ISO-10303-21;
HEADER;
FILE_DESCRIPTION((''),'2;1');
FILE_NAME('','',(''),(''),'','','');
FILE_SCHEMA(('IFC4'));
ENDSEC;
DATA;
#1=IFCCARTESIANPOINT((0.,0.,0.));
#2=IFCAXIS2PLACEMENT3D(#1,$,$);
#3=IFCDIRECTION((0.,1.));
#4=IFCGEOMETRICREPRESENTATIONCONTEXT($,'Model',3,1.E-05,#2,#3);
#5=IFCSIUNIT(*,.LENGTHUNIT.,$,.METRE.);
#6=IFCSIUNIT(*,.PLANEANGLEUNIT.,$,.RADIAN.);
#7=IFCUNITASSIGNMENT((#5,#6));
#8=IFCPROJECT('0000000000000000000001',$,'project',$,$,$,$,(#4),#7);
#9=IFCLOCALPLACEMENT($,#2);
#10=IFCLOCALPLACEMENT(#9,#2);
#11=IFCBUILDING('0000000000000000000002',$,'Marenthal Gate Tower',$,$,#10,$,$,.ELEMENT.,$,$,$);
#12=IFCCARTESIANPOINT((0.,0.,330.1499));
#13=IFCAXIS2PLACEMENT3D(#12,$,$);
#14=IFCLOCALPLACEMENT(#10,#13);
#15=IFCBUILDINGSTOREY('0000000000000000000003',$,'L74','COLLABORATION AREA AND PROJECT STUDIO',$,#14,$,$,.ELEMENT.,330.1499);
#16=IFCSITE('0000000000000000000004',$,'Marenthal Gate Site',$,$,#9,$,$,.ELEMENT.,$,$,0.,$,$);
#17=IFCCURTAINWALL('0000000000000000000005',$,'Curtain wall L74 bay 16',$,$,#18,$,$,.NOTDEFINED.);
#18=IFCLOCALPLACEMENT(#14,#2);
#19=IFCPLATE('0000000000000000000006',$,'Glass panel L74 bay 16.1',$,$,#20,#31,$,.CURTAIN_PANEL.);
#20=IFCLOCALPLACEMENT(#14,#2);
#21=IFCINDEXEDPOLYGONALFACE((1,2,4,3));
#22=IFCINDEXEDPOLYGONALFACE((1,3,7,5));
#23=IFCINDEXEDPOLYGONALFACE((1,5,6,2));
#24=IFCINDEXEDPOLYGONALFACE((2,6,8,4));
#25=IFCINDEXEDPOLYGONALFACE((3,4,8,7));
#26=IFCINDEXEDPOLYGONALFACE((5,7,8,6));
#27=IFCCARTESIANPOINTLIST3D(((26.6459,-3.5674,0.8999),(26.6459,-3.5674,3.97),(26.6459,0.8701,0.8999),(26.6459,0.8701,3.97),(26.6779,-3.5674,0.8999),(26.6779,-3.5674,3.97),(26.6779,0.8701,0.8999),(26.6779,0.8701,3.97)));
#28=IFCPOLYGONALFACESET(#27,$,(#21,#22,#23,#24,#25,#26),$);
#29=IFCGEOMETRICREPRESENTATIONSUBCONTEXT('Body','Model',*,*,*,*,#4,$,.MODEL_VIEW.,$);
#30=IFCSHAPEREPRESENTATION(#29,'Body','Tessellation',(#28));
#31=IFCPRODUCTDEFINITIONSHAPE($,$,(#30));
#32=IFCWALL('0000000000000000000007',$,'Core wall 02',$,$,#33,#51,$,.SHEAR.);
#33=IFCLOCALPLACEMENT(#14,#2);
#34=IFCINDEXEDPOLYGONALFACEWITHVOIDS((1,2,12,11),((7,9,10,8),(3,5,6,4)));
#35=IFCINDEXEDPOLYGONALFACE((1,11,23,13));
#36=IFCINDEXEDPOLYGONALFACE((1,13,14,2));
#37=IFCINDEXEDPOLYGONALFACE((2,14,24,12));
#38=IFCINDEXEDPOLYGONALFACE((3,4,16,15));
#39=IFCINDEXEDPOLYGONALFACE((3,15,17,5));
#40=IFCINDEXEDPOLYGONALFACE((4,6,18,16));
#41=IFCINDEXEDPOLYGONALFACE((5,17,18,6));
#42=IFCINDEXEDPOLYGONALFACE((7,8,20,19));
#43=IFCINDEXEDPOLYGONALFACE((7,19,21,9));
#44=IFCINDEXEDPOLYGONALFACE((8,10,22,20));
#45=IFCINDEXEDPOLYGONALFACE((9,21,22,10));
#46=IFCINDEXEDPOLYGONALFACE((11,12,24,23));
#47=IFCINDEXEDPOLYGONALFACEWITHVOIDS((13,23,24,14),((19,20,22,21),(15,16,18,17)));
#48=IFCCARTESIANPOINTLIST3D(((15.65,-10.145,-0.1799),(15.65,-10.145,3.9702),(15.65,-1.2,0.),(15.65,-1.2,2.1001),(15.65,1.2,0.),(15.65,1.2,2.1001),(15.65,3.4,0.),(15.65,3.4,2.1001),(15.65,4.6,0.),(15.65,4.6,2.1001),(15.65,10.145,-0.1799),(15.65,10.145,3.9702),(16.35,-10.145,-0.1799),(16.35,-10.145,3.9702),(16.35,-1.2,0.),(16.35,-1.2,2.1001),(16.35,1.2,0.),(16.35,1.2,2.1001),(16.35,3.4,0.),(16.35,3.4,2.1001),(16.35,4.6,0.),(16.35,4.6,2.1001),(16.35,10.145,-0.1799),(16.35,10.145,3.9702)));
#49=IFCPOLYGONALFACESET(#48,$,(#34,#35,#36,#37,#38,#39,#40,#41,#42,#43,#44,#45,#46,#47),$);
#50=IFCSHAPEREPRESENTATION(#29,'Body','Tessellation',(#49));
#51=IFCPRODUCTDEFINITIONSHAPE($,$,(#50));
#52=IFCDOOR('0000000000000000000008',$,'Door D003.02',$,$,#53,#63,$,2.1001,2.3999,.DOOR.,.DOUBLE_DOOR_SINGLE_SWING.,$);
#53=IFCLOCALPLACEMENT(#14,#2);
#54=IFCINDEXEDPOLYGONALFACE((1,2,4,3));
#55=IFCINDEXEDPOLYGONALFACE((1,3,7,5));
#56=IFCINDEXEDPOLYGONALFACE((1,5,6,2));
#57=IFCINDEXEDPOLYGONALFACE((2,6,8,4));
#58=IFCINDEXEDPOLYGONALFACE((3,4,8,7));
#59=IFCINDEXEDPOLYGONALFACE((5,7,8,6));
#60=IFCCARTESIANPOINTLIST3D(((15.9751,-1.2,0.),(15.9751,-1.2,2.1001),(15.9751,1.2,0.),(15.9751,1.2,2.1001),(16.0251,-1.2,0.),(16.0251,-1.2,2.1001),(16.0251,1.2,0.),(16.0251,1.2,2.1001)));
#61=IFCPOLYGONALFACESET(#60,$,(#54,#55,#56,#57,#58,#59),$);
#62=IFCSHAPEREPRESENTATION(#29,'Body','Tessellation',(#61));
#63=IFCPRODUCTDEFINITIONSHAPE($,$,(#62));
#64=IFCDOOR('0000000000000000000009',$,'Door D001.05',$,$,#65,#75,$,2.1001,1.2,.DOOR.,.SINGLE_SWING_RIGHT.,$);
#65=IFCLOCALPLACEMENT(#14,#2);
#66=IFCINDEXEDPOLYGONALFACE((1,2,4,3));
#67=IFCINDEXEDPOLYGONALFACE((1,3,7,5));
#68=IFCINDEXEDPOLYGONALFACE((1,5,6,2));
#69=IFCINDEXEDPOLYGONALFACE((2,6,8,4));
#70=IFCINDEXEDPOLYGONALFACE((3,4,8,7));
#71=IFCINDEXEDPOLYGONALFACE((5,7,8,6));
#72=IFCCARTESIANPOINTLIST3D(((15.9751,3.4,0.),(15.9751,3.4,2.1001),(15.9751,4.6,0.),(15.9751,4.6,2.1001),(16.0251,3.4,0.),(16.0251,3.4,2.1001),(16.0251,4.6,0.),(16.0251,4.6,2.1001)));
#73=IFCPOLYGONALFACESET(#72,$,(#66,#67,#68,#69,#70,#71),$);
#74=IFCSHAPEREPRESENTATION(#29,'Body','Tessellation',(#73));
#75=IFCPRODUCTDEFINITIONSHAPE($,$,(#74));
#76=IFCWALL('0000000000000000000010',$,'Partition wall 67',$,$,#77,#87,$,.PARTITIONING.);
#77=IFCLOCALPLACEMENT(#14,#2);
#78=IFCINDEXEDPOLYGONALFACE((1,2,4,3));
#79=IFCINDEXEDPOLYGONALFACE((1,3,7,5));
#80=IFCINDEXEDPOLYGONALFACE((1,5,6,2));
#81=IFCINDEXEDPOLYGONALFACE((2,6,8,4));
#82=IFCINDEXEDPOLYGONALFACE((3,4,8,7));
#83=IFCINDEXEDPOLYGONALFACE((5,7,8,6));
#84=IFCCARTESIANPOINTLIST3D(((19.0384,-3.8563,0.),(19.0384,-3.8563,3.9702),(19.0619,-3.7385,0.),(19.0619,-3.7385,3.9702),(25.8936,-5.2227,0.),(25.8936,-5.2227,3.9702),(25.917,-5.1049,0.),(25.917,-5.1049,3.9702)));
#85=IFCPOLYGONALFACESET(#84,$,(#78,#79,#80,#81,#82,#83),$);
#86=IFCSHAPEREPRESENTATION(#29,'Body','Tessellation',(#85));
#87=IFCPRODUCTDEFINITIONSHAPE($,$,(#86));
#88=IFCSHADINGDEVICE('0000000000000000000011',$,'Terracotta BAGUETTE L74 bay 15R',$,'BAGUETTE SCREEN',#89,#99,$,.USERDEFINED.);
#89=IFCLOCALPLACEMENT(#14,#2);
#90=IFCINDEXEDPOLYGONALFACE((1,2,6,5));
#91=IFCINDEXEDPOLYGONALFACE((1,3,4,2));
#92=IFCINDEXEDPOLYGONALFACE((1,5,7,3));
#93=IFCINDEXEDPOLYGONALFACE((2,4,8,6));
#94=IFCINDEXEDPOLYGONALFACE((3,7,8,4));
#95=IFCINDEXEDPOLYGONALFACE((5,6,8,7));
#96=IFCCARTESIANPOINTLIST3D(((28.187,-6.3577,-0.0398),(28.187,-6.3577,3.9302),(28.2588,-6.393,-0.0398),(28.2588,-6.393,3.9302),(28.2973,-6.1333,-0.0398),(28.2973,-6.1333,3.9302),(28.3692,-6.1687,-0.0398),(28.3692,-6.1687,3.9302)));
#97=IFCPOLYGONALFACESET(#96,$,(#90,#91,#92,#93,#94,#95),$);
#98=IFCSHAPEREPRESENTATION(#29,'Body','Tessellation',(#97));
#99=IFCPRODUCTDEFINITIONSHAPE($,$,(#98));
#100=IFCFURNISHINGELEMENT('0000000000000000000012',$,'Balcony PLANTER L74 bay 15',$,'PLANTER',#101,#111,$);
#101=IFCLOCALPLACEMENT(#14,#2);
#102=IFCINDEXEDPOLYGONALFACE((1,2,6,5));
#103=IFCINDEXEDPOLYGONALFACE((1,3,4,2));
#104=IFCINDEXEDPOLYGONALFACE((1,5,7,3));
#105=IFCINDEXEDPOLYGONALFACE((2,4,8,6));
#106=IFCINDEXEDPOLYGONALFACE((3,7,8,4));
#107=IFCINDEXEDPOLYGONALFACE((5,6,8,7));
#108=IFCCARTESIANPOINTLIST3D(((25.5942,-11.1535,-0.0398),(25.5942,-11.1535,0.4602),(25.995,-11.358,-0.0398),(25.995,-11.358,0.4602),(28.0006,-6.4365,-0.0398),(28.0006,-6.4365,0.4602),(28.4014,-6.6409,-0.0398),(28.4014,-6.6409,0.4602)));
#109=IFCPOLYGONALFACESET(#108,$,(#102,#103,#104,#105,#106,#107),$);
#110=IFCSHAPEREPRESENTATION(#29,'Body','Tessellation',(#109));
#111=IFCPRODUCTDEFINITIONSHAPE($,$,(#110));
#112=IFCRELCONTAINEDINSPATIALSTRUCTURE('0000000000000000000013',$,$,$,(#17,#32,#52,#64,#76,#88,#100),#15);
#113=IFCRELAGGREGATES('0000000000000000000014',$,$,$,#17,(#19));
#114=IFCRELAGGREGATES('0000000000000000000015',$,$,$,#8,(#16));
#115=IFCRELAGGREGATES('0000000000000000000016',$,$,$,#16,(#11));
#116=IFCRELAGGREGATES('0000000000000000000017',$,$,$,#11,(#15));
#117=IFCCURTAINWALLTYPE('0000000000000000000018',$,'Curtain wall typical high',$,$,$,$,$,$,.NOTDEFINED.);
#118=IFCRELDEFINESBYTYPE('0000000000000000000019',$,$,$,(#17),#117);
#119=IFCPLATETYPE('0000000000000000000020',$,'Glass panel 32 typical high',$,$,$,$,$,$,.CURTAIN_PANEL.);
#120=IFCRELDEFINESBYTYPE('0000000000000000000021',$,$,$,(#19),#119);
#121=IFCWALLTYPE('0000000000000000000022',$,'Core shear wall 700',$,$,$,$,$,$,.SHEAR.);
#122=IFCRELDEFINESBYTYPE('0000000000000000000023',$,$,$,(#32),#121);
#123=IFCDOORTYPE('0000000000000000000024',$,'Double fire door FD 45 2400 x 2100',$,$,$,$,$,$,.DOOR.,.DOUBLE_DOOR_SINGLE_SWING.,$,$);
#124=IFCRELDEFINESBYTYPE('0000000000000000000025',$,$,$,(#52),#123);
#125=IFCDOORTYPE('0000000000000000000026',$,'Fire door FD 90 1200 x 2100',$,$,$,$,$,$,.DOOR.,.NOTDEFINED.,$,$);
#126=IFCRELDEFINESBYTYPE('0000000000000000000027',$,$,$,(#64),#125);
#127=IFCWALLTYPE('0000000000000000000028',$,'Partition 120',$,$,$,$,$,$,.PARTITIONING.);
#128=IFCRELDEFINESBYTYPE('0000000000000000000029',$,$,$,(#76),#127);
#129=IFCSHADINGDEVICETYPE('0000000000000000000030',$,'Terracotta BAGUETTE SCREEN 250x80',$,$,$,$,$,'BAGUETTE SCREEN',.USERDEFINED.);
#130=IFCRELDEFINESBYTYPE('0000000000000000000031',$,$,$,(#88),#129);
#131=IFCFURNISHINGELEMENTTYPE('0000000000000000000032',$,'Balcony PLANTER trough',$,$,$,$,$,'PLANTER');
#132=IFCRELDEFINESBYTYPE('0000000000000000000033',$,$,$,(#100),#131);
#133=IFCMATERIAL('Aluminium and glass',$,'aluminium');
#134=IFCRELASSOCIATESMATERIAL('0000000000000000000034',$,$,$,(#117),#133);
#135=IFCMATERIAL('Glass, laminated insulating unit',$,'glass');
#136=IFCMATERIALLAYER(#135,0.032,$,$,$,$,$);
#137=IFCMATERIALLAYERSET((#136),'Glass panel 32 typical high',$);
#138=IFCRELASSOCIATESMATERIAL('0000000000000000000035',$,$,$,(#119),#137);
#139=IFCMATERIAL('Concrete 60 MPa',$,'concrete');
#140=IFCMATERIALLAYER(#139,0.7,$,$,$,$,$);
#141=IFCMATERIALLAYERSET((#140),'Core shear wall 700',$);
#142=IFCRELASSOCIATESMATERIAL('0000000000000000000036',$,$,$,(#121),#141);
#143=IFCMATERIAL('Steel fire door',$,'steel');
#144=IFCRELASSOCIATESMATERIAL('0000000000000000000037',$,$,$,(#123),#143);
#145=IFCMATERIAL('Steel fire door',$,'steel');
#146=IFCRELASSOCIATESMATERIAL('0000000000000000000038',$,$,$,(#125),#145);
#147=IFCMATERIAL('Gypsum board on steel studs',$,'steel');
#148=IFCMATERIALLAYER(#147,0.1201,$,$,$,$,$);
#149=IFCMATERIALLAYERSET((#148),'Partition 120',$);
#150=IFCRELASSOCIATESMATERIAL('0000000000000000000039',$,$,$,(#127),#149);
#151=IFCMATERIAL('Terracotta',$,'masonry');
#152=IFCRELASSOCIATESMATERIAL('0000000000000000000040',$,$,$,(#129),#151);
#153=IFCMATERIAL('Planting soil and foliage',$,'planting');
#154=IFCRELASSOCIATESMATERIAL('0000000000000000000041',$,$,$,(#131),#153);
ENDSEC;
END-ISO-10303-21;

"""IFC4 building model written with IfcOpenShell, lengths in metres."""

from ifc_helpers import new_model, si_unit, direction, frame, frame_2d, origin, origin_2d, place, context, subcontext, project, spatial, rectangle, extrude, material, layer, layer_set, material_profile, profile_set, type_object, element, fill, aggregate, save


model = new_model("IFC4")

# Units and contexts
model_context = context("Model", 3, precision=1e-05, world=origin(), true_north=direction((0.0, 1.0)))
body_context = subcontext(model_context, "Body", "Model", "MODEL_VIEW")
ifc_project = project(units=[si_unit("LENGTHUNIT", "METRE"), si_unit("PLANEANGLEUNIT", "RADIAN")], contexts=[model_context])

# Site, building, storey
site_placement = place(None, origin())
site = spatial("IfcSite", under=ifc_project, at=site_placement, Name="Marenthal Gate Site", CompositionType="ELEMENT", RefElevation=0.0)
building_placement = place(site_placement, origin())
building = spatial("IfcBuilding", under=site, at=building_placement, Name="Marenthal Gate Tower", CompositionType="ELEMENT")
storey_placement = place(building_placement, frame((0.0, 0.0, 330.1499)))
storey = spatial("IfcBuildingStorey", under=building, at=storey_placement, Name="L74", Description="COLLABORATION AREA AND PROJECT STUDIO", CompositionType="ELEMENT", Elevation=330.1499)

# Curtain wall
ifc_material_1 = material(Name="Aluminium and glass", Category="aluminium")
curtain_wall_type = type_object("IfcCurtainWallType", Name="Curtain wall typical high", PredefinedType="NOTDEFINED", material=ifc_material_1)
curtain_wall_placement = place(storey_placement, origin())
curtain_wall = element("IfcCurtainWall", 1, at=curtain_wall_placement, inside=storey, type_object=curtain_wall_type, Name="Curtain wall L74 bay 16", PredefinedType="NOTDEFINED")

# Plate
ifc_material_2 = material(Name="Glass, laminated insulating unit", Category="glass")
ifc_layer_1 = layer(ifc_material_2, 0.032)
ifc_layer_set_1 = layer_set([ifc_layer_1], Name="Glass panel 32 typical high")
plate_type = type_object("IfcPlateType", Name="Glass panel 32 typical high", PredefinedType="CURTAIN_PANEL", material=ifc_layer_set_1)
plate_placement = place(storey_placement, frame((26.6619, -1.3486, 0.8999), z_axis=(0.0, 0.0, 1.0), x_axis=(0.0, 1.0, 0.0)))
plate = element("IfcPlate", 2, at=plate_placement, type_object=plate_type, Name="Glass panel L74 bay 16.1", PredefinedType="CURTAIN_PANEL", context=body_context, shape_type="SweptSolid", body=[
    extrude(rectangle(XDim=4.4375, YDim=0.032, at=origin_2d()), origin(), (0.0, 0.0, 1.0), 3.0701),
])
aggregate(curtain_wall, [plate])

# Wall, openings, doors
ifc_material_3 = material(Name="Concrete 60 MPa", Category="concrete")
ifc_layer_2 = layer(ifc_material_3, 0.7)
ifc_layer_set_2 = layer_set([ifc_layer_2], Name="Core shear wall 700")
wall_type_1 = type_object("IfcWallType", Name="Core shear wall 700", PredefinedType="SHEAR", material=ifc_layer_set_2)
wall_1_placement = place(storey_placement, frame((16.0, -10.145, -0.1799), z_axis=(0.0, 0.0, 1.0), x_axis=(0.0, 1.0, 0.0)))
wall_1 = element("IfcWall", 3, at=wall_1_placement, inside=storey, type_object=wall_type_1, Name="Core wall 02", PredefinedType="SHEAR", context=body_context, shape_type="SweptSolid", body=[
    extrude(rectangle(XDim=20.29, YDim=0.7, at=frame_2d((10.145, 0.0))), origin(), (0.0, 0.0, 1.0), 4.1501),
])
opening_1_placement = place(wall_1_placement, frame((8.9451, 0.0, 0.1799)))
opening_1 = element("IfcOpeningElement", 4, at=opening_1_placement, cuts=wall_1, PredefinedType="OPENING", context=body_context, shape_type="SweptSolid", body=[
    extrude(rectangle(XDim=2.3999, YDim=2.1001, at=frame_2d((1.2, 1.05))), frame((0.0, 0.3599, 0.0), z_axis=(0.0, -1.0, 0.0), x_axis=(1.0, 0.0, 0.0)), (0.0, 0.0, 1.0), 0.72),
])
opening_2_placement = place(wall_1_placement, frame((13.5449, 0.0, 0.1799)))
opening_2 = element("IfcOpeningElement", 5, at=opening_2_placement, cuts=wall_1, PredefinedType="OPENING", context=body_context, shape_type="SweptSolid", body=[
    extrude(rectangle(XDim=1.2, YDim=2.1001, at=frame_2d((0.6001, 1.05))), frame((0.0, 0.3599, 0.0), z_axis=(0.0, -1.0, 0.0), x_axis=(1.0, 0.0, 0.0)), (0.0, 0.0, 1.0), 0.72),
])
ifc_material_4 = material(Name="Steel fire door", Category="steel")
door_type_1 = type_object("IfcDoorType", Name="Double fire door FD 45 2400 x 2100", OperationType="DOUBLE_DOOR_SINGLE_SWING", PredefinedType="DOOR", material=ifc_material_4)
door_1_placement = place(opening_1_placement, origin())
door_1 = element("IfcDoor", 6, at=door_1_placement, inside=storey, type_object=door_type_1, Name="Door D003.02", OperationType="DOUBLE_DOOR_SINGLE_SWING", OverallHeight=2.1001, OverallWidth=2.3999, PredefinedType="DOOR", context=body_context, shape_type="SweptSolid", body=[
    extrude(rectangle(XDim=2.3999, YDim=2.1001, at=frame_2d((1.2, 1.05))), frame((0.0, 0.0249, 0.0), z_axis=(0.0, -1.0, 0.0), x_axis=(1.0, 0.0, 0.0)), (0.0, 0.0, 1.0), 0.05),
])
fill(opening_1, door_1)
ifc_material_5 = material(Name="Steel fire door", Category="steel")
door_type_2 = type_object("IfcDoorType", Name="Fire door FD 90 1200 x 2100", OperationType="NOTDEFINED", PredefinedType="DOOR", material=ifc_material_5)
door_2_placement = place(opening_2_placement, origin())
door_2 = element("IfcDoor", 7, at=door_2_placement, inside=storey, type_object=door_type_2, Name="Door D001.05", OperationType="SINGLE_SWING_RIGHT", OverallHeight=2.1001, OverallWidth=1.2, PredefinedType="DOOR", context=body_context, shape_type="SweptSolid", body=[
    extrude(rectangle(XDim=1.2, YDim=2.1001, at=frame_2d((0.6001, 1.05))), frame((0.0, 0.0249, 0.0), z_axis=(0.0, -1.0, 0.0), x_axis=(1.0, 0.0, 0.0)), (0.0, 0.0, 1.0), 0.05),
])
fill(opening_2, door_2)

# Wall
ifc_material_6 = material(Name="Gypsum board on steel studs", Category="steel")
ifc_layer_3 = layer(ifc_material_6, 0.1201)
ifc_layer_set_3 = layer_set([ifc_layer_3], Name="Partition 120")
wall_type_2 = type_object("IfcWallType", Name="Partition 120", PredefinedType="PARTITIONING", material=ifc_layer_set_3)
wall_2_placement = place(storey_placement, frame((19.05, -3.7974, 0.0), z_axis=(0.0, 0.0, 1.0), x_axis=(0.980707, -0.195485, 0.0)))
element("IfcWall", 8, at=wall_2_placement, inside=storey, type_object=wall_type_2, Name="Partition wall 67", PredefinedType="PARTITIONING", context=body_context, shape_type="SweptSolid", body=[
    extrude(rectangle(XDim=6.99, YDim=0.1201, at=frame_2d((3.4951, 0.0))), origin(), (0.0, 0.0, 1.0), 3.9702),
])

# Shading device
ifc_material_7 = material(Name="Terracotta", Category="masonry")
ifc_material_profile_1 = material_profile(ifc_material_7, rectangle(XDim=0.25, YDim=0.0801, at=origin_2d()), Name="Terracotta baguette 250x80")
ifc_profile_set_1 = profile_set([ifc_material_profile_1], Name="Terracotta")
shading_device_type = type_object("IfcShadingDeviceType", Name="Terracotta BAGUETTE SCREEN 250x80", ElementType="BAGUETTE SCREEN", PredefinedType="USERDEFINED", material=ifc_profile_set_1)
shading_device_placement = place(storey_placement, frame((28.2781, -6.2632, -0.0398), z_axis=(0.0, 0.0, 1.0), x_axis=(0.441395, 0.897313, 0.0)))
element("IfcShadingDevice", 9, at=shading_device_placement, inside=storey, type_object=shading_device_type, Name="Terracotta BAGUETTE L74 bay 15R", ObjectType="BAGUETTE SCREEN", PredefinedType="USERDEFINED", context=body_context, shape_type="SweptSolid", body=[
    extrude(rectangle(XDim=0.25, YDim=0.0801, at=origin_2d()), origin(), (0.0, 0.0, 1.0), 3.97),
])

# Furnishing element
ifc_material_8 = material(Name="Planting soil and foliage", Category="planting")
furnishing_element_type = type_object("IfcFurnishingElementType", Name="Balcony PLANTER trough", ElementType="PLANTER", material=ifc_material_8)
furnishing_placement = place(storey_placement, frame((26.9978, -8.8972, -0.0398), z_axis=(0.0, 0.0, 1.0), x_axis=(0.454443, 0.890776, 0.0)))
element("IfcFurnishingElement", 10, at=furnishing_placement, inside=storey, type_object=furnishing_element_type, Name="Balcony PLANTER L74 bay 15", ObjectType="PLANTER", context=body_context, shape_type="SweptSolid", body=[
    extrude(rectangle(XDim=5.2954, YDim=0.45, at=origin_2d()), origin(), (0.0, 0.0, 1.0), 0.5),
])

save(model, "model.ifc")
